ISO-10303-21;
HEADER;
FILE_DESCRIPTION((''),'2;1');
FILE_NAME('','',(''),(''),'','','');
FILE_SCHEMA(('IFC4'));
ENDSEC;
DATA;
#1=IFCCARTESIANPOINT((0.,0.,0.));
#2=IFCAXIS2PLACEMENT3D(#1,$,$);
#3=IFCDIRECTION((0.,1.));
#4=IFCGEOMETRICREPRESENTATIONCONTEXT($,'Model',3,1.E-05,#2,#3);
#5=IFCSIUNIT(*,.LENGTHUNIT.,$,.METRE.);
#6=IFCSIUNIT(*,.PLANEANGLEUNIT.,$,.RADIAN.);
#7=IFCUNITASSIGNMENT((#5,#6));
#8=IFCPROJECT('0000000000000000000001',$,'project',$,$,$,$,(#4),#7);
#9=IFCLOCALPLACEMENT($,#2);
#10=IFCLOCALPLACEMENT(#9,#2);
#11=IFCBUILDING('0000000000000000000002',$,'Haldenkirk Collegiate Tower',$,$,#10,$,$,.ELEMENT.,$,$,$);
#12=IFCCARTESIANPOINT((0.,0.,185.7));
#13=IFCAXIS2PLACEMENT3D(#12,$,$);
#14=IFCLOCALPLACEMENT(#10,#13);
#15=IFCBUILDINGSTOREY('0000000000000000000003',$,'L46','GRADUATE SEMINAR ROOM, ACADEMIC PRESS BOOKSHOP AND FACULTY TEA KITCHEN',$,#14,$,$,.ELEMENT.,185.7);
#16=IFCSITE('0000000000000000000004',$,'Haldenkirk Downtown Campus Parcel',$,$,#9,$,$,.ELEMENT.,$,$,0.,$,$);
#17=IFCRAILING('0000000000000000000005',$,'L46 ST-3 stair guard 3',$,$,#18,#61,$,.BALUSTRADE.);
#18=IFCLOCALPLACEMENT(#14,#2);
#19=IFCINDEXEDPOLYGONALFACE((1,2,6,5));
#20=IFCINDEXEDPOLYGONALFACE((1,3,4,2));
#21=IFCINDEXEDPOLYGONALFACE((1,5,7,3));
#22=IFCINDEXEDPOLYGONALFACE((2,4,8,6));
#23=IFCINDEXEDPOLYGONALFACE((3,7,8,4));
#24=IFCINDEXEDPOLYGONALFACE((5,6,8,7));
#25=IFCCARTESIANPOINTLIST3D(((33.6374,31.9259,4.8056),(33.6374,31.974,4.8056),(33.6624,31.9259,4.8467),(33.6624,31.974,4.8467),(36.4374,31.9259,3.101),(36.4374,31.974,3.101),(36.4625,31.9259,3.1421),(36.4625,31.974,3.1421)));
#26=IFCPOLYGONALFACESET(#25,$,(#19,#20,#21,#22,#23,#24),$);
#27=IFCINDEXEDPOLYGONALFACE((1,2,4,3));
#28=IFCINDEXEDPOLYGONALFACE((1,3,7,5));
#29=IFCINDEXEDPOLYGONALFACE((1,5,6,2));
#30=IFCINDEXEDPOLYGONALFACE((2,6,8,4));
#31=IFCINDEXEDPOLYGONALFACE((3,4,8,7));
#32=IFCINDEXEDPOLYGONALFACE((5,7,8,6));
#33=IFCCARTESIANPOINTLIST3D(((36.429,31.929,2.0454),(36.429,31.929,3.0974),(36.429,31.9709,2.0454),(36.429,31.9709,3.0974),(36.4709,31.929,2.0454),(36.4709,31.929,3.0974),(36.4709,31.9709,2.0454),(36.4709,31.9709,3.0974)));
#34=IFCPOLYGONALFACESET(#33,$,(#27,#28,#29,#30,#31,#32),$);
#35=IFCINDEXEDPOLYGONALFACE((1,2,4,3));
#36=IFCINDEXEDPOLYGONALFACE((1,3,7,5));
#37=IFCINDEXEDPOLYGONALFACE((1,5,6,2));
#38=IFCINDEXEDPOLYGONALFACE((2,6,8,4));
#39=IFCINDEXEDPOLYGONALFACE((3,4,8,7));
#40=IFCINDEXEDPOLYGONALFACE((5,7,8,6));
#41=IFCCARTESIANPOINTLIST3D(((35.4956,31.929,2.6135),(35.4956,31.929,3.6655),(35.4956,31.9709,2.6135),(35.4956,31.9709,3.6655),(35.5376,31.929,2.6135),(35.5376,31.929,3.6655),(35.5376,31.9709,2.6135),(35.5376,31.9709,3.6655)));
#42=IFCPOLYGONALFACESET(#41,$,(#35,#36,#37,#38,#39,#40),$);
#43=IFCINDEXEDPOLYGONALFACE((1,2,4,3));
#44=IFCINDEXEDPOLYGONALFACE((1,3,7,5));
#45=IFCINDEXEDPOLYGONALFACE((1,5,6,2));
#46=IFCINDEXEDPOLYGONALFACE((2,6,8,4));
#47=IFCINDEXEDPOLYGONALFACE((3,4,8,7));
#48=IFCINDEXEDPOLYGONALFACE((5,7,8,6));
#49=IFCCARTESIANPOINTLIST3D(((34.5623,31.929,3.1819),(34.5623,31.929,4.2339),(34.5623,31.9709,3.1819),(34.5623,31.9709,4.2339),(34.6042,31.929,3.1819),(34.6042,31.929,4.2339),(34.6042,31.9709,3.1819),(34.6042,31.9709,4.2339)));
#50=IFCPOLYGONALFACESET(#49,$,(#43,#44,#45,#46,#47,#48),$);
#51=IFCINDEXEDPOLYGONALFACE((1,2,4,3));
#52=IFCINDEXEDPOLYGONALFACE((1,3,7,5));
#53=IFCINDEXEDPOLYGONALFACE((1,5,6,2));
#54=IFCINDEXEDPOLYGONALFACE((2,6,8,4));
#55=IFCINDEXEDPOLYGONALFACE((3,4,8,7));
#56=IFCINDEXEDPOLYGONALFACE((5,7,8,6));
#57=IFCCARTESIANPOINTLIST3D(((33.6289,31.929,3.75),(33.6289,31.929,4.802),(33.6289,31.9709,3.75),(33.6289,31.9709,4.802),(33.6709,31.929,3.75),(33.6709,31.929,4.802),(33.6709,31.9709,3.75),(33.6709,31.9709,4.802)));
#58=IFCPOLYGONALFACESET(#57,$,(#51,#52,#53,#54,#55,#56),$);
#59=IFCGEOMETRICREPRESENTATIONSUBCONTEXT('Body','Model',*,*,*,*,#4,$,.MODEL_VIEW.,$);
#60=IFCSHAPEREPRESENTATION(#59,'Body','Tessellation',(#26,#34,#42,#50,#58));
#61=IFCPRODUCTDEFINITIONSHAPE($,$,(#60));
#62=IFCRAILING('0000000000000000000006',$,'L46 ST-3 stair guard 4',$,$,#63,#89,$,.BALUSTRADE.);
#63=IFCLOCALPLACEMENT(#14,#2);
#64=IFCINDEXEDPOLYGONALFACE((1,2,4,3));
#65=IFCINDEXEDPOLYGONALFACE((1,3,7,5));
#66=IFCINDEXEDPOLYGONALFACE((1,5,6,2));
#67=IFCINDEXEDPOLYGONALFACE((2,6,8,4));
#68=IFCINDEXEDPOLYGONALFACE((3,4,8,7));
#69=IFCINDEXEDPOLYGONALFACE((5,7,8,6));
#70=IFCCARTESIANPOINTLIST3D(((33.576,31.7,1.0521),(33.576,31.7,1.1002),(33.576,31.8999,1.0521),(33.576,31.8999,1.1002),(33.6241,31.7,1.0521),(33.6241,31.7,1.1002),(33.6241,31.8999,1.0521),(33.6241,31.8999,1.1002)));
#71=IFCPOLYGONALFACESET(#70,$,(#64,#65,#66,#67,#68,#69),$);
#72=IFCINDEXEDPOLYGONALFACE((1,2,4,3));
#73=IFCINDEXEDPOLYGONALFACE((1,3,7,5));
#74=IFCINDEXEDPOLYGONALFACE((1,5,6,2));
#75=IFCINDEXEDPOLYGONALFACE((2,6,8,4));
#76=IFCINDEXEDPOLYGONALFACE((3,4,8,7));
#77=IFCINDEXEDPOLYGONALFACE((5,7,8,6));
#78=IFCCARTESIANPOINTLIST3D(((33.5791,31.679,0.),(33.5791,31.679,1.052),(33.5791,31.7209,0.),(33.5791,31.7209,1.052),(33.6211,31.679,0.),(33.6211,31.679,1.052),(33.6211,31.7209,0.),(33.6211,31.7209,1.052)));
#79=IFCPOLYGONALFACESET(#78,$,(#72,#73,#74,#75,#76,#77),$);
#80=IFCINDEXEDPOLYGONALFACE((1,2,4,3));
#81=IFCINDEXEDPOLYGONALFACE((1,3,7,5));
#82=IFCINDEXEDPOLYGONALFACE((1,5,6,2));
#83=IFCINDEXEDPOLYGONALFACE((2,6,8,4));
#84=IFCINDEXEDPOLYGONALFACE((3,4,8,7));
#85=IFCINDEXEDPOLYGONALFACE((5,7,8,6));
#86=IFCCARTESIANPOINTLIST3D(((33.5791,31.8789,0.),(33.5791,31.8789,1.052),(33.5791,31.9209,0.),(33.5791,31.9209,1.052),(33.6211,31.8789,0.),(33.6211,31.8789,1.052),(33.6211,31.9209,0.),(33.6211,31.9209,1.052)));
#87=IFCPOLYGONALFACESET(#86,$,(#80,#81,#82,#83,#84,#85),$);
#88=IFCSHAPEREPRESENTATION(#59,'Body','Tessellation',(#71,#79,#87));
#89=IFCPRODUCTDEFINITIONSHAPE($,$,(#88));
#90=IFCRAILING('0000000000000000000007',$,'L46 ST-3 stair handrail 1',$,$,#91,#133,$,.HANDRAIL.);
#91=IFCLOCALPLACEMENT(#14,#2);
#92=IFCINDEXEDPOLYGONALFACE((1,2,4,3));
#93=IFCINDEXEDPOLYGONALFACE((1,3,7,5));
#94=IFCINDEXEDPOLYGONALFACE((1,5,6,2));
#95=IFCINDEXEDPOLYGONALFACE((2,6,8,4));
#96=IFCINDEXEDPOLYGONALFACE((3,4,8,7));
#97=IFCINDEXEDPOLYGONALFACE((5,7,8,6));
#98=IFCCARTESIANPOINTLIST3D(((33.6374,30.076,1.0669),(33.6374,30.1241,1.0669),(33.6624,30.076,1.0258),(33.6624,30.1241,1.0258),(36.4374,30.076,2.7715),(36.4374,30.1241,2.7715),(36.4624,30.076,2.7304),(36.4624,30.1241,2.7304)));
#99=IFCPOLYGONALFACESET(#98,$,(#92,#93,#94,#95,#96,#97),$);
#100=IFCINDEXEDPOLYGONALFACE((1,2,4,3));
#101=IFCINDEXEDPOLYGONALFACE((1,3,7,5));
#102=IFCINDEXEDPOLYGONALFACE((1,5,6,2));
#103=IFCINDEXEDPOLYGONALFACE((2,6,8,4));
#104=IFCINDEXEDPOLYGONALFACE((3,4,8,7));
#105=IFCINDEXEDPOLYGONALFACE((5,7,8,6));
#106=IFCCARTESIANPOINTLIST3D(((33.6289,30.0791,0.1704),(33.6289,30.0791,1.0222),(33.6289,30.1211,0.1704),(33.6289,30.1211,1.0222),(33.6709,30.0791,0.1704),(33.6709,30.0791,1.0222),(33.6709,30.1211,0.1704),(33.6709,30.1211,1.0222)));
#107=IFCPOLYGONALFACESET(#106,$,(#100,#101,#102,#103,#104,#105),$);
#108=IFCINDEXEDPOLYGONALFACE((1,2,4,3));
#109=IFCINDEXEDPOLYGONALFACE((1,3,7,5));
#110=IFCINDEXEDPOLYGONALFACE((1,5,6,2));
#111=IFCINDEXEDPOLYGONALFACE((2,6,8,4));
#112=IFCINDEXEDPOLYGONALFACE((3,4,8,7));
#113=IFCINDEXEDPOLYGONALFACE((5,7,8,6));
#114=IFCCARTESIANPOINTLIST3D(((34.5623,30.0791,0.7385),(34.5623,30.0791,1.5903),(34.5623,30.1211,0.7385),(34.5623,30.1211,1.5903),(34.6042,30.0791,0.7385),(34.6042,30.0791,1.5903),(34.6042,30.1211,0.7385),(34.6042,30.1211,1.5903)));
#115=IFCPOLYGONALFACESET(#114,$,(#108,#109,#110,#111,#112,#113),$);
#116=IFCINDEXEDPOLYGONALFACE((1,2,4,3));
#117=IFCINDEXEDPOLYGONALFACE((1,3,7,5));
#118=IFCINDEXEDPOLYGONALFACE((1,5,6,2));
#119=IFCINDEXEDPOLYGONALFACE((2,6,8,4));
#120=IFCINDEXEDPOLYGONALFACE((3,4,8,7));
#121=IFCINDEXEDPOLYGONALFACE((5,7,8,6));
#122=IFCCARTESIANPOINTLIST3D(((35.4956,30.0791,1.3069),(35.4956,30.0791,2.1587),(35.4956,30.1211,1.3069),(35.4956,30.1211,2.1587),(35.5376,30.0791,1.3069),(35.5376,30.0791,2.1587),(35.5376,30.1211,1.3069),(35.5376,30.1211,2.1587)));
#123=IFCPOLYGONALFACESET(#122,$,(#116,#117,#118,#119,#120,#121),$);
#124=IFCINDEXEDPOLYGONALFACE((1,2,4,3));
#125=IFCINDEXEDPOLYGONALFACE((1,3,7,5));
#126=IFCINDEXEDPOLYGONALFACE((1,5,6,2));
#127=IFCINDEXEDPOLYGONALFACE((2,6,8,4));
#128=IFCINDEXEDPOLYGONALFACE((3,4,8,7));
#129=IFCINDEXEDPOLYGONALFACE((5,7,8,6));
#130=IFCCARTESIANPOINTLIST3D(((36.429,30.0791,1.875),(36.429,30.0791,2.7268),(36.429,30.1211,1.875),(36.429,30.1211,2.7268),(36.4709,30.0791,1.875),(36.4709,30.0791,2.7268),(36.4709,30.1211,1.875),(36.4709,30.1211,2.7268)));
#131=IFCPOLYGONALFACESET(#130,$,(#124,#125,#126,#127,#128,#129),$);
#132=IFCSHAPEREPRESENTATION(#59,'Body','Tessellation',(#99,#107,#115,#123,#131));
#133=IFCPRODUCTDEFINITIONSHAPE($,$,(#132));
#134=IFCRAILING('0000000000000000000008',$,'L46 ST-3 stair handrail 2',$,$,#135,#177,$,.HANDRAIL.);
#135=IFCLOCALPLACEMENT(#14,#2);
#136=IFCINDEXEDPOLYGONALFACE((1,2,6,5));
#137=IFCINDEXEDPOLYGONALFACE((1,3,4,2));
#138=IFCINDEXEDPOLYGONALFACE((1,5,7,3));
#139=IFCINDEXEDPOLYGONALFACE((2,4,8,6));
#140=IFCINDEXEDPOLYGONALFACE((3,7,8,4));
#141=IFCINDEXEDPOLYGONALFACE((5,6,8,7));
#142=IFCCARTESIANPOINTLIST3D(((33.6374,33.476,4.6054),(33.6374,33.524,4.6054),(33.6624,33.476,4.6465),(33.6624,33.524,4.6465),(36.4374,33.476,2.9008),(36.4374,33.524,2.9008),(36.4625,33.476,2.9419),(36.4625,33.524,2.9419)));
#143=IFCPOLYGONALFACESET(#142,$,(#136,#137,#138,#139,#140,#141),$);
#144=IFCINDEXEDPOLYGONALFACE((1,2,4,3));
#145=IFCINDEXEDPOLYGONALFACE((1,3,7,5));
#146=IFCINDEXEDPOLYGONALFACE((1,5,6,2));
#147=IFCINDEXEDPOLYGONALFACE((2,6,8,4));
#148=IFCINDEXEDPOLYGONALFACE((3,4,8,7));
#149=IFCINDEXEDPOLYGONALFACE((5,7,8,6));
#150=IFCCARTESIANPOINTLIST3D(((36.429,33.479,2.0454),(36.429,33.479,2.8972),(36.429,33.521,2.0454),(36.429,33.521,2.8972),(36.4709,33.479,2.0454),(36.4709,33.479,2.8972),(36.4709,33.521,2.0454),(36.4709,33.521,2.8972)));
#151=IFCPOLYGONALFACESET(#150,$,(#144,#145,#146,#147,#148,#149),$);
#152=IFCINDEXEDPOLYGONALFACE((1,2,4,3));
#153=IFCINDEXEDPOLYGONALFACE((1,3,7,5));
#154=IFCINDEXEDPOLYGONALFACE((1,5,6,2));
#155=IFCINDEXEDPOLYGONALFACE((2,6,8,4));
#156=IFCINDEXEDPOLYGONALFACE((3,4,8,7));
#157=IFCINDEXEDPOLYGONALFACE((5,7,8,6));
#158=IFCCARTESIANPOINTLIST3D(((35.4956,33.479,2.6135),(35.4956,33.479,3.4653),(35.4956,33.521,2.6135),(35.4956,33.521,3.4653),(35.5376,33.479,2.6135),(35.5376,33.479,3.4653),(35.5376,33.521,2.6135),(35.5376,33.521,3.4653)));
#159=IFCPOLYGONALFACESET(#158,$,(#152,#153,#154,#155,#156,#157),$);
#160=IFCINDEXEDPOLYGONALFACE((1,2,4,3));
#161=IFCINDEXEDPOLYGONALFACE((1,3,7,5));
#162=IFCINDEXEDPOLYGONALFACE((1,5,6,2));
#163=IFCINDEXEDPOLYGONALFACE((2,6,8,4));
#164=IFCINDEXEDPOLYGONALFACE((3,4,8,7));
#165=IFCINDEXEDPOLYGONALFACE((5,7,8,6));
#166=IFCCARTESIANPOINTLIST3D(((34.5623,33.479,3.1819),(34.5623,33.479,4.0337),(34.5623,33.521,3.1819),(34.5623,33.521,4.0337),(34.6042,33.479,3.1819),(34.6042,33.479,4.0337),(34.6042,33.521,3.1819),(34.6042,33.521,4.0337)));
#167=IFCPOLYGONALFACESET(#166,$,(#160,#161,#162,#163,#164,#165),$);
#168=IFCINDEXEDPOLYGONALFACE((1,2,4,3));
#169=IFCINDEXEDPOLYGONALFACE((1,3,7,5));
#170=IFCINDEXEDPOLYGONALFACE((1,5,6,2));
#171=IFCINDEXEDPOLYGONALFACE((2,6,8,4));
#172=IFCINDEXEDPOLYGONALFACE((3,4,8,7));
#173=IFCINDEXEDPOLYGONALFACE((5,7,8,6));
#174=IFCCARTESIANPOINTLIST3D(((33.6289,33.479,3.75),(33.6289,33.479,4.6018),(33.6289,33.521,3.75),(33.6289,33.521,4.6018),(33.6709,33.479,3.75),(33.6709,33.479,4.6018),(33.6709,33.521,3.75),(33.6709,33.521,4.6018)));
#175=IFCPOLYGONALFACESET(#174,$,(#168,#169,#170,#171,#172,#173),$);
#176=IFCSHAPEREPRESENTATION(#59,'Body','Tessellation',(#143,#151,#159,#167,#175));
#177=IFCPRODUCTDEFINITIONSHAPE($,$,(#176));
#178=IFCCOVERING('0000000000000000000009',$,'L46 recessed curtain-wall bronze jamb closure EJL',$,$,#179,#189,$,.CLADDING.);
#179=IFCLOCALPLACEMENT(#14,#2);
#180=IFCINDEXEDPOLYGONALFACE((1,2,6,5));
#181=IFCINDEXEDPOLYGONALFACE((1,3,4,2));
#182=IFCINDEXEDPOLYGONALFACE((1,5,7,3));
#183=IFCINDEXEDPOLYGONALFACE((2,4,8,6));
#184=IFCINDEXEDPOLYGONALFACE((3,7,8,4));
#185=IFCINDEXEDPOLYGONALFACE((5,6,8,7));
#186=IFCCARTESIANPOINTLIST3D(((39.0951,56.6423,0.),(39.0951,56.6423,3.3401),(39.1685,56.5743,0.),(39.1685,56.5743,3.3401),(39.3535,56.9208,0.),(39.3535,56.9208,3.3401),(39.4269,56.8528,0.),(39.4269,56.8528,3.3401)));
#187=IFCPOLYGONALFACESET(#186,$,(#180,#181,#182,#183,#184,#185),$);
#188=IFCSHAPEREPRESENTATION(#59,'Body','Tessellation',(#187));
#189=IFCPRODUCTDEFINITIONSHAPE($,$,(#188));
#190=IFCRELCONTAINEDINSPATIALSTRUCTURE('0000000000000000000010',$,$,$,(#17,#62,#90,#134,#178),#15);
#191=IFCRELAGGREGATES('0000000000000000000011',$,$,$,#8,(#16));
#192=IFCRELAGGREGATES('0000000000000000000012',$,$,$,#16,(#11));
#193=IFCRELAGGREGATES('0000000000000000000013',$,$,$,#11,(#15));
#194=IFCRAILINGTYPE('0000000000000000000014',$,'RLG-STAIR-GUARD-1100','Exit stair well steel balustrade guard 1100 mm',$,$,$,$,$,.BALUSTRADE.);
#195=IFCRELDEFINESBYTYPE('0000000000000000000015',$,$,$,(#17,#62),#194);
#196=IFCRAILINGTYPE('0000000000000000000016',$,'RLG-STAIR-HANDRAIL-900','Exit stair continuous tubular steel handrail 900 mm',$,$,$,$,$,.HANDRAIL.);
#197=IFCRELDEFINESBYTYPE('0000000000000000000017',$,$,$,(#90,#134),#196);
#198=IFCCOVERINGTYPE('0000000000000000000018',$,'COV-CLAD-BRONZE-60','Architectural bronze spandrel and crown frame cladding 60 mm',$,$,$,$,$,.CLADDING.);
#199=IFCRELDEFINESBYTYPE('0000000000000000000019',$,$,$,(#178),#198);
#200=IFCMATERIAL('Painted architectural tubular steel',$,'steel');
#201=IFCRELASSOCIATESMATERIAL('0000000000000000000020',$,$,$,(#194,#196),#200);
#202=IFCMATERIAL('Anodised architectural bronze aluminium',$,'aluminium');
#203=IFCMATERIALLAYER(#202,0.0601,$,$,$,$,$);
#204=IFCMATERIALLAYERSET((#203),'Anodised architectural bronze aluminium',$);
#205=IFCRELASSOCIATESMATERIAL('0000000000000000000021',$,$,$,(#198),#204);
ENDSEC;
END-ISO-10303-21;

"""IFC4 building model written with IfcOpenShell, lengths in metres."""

from ifc_helpers import new_model, si_unit, direction, frame, origin, origin_2d, place, context, subcontext, project, spatial, rectangle, extrude, source, transform, mapped, material, layer, layer_set, type_object, element, save


model = new_model("IFC4")

# Units and contexts
model_context = context("Model", 3, precision=1e-05, world=origin(), true_north=direction((0.0, 1.0)))
body_context = subcontext(model_context, "Body", "Model", "MODEL_VIEW")
ifc_project = project(units=[si_unit("LENGTHUNIT", "METRE"), si_unit("PLANEANGLEUNIT", "RADIAN")], contexts=[model_context])

# Site, building, storey
site_placement = place(None, origin())
site = spatial("IfcSite", under=ifc_project, at=site_placement, Name="Haldenkirk Downtown Campus Parcel", CompositionType="ELEMENT", RefElevation=0.0)
building_placement = place(site_placement, origin())
building = spatial("IfcBuilding", under=site, at=building_placement, Name="Haldenkirk Collegiate Tower", CompositionType="ELEMENT")
storey_placement = place(building_placement, frame((0.0, 0.0, 185.7)))
storey = spatial("IfcBuildingStorey", under=building, at=storey_placement, Name="L46", Description="GRADUATE SEMINAR ROOM, ACADEMIC PRESS BOOKSHOP AND FACULTY TEA KITCHEN", CompositionType="ELEMENT", Elevation=185.7)

# Shared definitions
ifc_material_1 = material(Name="Anodised architectural bronze aluminium", Category="aluminium")

# Railings
ifc_material_2 = material(Name="Painted architectural tubular steel", Category="steel")
railing_type_1 = type_object("IfcRailingType", Name="RLG-STAIR-GUARD-1100", Description="Exit stair well steel balustrade guard 1100 mm", PredefinedType="BALUSTRADE", material=ifc_material_2)
railing_1_placement = place(storey_placement, frame((36.45, 31.95, 2.0454)))
element("IfcRailing", 1, at=railing_1_placement, inside=storey, type_object=railing_type_1, Name="L46 ST-3 stair guard 3", PredefinedType="BALUSTRADE", context=body_context, shape_type="SweptSolid", body=[
    extrude(rectangle(XDim=0.0481, YDim=0.0481, at=origin_2d()), frame((0.0, 0.0, 1.0762), z_axis=(-0.85417, 0.0, 0.519994), x_axis=(0.0, -1.0, 0.0)), (0.0, 0.0, 1.0), 3.2781),
    extrude(rectangle(XDim=0.042, YDim=0.042, at=origin_2d()), origin(), (0.0, 0.0, 1.0), 1.052),
    extrude(rectangle(XDim=0.042, YDim=0.042, at=origin_2d()), frame((-0.9333, 0.0, 0.5681)), (0.0, 0.0, 1.0), 1.052),
    extrude(rectangle(XDim=0.042, YDim=0.042, at=origin_2d()), frame((-1.8667, 0.0, 1.1365)), (0.0, 0.0, 1.0), 1.052),
    extrude(rectangle(XDim=0.042, YDim=0.042, at=origin_2d()), frame((-2.8, 0.0, 1.7046)), (0.0, 0.0, 1.0), 1.052),
])
railing_2_placement = place(storey_placement, frame((33.6001, 31.7, 0.0)))
element("IfcRailing", 2, at=railing_2_placement, inside=storey, type_object=railing_type_1, Name="L46 ST-3 stair guard 4", PredefinedType="BALUSTRADE", context=body_context, shape_type="SweptSolid", body=[
    extrude(rectangle(XDim=0.0481, YDim=0.0481, at=origin_2d()), frame((0.0, 0.0, 1.0762), z_axis=(0.0, 1.0, 0.0), x_axis=(-1.0, 0.0, 0.0)), (0.0, 0.0, 1.0), 0.2),
    extrude(rectangle(XDim=0.042, YDim=0.042, at=origin_2d()), origin(), (0.0, 0.0, 1.0), 1.052),
    extrude(rectangle(XDim=0.042, YDim=0.042, at=origin_2d()), frame((0.0, 0.2, 0.0)), (0.0, 0.0, 1.0), 1.052),
])
railing_type_2 = type_object("IfcRailingType", Name="RLG-STAIR-HANDRAIL-900", Description="Exit stair continuous tubular steel handrail 900 mm", PredefinedType="HANDRAIL", material=ifc_material_2)
railing_3_placement = place(storey_placement, frame((33.6499, 30.1001, 0.1704)))
element("IfcRailing", 3, at=railing_3_placement, inside=storey, type_object=railing_type_2, Name="L46 ST-3 stair handrail 1", PredefinedType="HANDRAIL", context=body_context, shape_type="SweptSolid", body=[
    extrude(rectangle(XDim=0.0481, YDim=0.0481, at=origin_2d()), frame((0.0, 0.0, 0.876), z_axis=(0.85417, 0.0, 0.519994), x_axis=(0.0, 1.0, 0.0)), (0.0, 0.0, 1.0), 3.2781),
    extrude(rectangle(XDim=0.042, YDim=0.042, at=origin_2d()), origin(), (0.0, 0.0, 1.0), 0.8518),
    extrude(rectangle(XDim=0.042, YDim=0.042, at=origin_2d()), frame((0.9333, 0.0, 0.5681)), (0.0, 0.0, 1.0), 0.8518),
    extrude(rectangle(XDim=0.042, YDim=0.042, at=origin_2d()), frame((1.8667, 0.0, 1.1365)), (0.0, 0.0, 1.0), 0.8518),
    extrude(rectangle(XDim=0.042, YDim=0.042, at=origin_2d()), frame((2.8, 0.0, 1.7046)), (0.0, 0.0, 1.0), 0.8518),
])
railing_4_placement = place(storey_placement, frame((36.45, 33.5, 2.0454)))
element("IfcRailing", 4, at=railing_4_placement, inside=storey, type_object=railing_type_2, Name="L46 ST-3 stair handrail 2", PredefinedType="HANDRAIL", context=body_context, shape_type="SweptSolid", body=[
    extrude(rectangle(XDim=0.0481, YDim=0.0481, at=origin_2d()), frame((0.0, 0.0, 0.876), z_axis=(-0.85417, 0.0, 0.519994), x_axis=(0.0, -1.0, 0.0)), (0.0, 0.0, 1.0), 3.2781),
    extrude(rectangle(XDim=0.042, YDim=0.042, at=origin_2d()), origin(), (0.0, 0.0, 1.0), 0.8518),
    extrude(rectangle(XDim=0.042, YDim=0.042, at=origin_2d()), frame((-0.9333, 0.0, 0.5681)), (0.0, 0.0, 1.0), 0.8518),
    extrude(rectangle(XDim=0.042, YDim=0.042, at=origin_2d()), frame((-1.8667, 0.0, 1.1365)), (0.0, 0.0, 1.0), 0.8518),
    extrude(rectangle(XDim=0.042, YDim=0.042, at=origin_2d()), frame((-2.8, 0.0, 1.7046)), (0.0, 0.0, 1.0), 0.8518),
])

# Covering
ifc_layer_1 = layer(ifc_material_1, 0.0601)
ifc_layer_set_1 = layer_set([ifc_layer_1], Name="Anodised architectural bronze aluminium")
covering_type = type_object("IfcCoveringType", Name="COV-CLAD-BRONZE-60", Description="Architectural bronze spandrel and crown frame cladding 60 mm", PredefinedType="CLADDING", material=ifc_layer_set_1)
shared_shape_1 = source(origin(), body_context, "Body", "SweptSolid", [
    extrude(rectangle(XDim=0.1001, YDim=0.3799, at=origin_2d()), origin(), (0.0, 0.0, 1.0), 3.3401),
])
covering_placement = place(storey_placement, frame((39.261, 56.7476, 0.0), z_axis=(0.0, 0.0, 1.0), x_axis=(0.733137, -0.680081, 0.0)))
element("IfcCovering", 5, at=covering_placement, inside=storey, type_object=covering_type, Name="L46 recessed curtain-wall bronze jamb closure EJL", PredefinedType="CLADDING", context=body_context, shape_type="MappedRepresentation", body=[
    mapped(shared_shape_1, transform((0.0, 0.0, 0.0), x_axis=(1.0, 0.0, 0.0), y_axis=(0.0, 1.0, 0.0), z_axis=(0.0, 0.0, 1.0), scale=1.0)),
])

save(model, "model.ifc")
